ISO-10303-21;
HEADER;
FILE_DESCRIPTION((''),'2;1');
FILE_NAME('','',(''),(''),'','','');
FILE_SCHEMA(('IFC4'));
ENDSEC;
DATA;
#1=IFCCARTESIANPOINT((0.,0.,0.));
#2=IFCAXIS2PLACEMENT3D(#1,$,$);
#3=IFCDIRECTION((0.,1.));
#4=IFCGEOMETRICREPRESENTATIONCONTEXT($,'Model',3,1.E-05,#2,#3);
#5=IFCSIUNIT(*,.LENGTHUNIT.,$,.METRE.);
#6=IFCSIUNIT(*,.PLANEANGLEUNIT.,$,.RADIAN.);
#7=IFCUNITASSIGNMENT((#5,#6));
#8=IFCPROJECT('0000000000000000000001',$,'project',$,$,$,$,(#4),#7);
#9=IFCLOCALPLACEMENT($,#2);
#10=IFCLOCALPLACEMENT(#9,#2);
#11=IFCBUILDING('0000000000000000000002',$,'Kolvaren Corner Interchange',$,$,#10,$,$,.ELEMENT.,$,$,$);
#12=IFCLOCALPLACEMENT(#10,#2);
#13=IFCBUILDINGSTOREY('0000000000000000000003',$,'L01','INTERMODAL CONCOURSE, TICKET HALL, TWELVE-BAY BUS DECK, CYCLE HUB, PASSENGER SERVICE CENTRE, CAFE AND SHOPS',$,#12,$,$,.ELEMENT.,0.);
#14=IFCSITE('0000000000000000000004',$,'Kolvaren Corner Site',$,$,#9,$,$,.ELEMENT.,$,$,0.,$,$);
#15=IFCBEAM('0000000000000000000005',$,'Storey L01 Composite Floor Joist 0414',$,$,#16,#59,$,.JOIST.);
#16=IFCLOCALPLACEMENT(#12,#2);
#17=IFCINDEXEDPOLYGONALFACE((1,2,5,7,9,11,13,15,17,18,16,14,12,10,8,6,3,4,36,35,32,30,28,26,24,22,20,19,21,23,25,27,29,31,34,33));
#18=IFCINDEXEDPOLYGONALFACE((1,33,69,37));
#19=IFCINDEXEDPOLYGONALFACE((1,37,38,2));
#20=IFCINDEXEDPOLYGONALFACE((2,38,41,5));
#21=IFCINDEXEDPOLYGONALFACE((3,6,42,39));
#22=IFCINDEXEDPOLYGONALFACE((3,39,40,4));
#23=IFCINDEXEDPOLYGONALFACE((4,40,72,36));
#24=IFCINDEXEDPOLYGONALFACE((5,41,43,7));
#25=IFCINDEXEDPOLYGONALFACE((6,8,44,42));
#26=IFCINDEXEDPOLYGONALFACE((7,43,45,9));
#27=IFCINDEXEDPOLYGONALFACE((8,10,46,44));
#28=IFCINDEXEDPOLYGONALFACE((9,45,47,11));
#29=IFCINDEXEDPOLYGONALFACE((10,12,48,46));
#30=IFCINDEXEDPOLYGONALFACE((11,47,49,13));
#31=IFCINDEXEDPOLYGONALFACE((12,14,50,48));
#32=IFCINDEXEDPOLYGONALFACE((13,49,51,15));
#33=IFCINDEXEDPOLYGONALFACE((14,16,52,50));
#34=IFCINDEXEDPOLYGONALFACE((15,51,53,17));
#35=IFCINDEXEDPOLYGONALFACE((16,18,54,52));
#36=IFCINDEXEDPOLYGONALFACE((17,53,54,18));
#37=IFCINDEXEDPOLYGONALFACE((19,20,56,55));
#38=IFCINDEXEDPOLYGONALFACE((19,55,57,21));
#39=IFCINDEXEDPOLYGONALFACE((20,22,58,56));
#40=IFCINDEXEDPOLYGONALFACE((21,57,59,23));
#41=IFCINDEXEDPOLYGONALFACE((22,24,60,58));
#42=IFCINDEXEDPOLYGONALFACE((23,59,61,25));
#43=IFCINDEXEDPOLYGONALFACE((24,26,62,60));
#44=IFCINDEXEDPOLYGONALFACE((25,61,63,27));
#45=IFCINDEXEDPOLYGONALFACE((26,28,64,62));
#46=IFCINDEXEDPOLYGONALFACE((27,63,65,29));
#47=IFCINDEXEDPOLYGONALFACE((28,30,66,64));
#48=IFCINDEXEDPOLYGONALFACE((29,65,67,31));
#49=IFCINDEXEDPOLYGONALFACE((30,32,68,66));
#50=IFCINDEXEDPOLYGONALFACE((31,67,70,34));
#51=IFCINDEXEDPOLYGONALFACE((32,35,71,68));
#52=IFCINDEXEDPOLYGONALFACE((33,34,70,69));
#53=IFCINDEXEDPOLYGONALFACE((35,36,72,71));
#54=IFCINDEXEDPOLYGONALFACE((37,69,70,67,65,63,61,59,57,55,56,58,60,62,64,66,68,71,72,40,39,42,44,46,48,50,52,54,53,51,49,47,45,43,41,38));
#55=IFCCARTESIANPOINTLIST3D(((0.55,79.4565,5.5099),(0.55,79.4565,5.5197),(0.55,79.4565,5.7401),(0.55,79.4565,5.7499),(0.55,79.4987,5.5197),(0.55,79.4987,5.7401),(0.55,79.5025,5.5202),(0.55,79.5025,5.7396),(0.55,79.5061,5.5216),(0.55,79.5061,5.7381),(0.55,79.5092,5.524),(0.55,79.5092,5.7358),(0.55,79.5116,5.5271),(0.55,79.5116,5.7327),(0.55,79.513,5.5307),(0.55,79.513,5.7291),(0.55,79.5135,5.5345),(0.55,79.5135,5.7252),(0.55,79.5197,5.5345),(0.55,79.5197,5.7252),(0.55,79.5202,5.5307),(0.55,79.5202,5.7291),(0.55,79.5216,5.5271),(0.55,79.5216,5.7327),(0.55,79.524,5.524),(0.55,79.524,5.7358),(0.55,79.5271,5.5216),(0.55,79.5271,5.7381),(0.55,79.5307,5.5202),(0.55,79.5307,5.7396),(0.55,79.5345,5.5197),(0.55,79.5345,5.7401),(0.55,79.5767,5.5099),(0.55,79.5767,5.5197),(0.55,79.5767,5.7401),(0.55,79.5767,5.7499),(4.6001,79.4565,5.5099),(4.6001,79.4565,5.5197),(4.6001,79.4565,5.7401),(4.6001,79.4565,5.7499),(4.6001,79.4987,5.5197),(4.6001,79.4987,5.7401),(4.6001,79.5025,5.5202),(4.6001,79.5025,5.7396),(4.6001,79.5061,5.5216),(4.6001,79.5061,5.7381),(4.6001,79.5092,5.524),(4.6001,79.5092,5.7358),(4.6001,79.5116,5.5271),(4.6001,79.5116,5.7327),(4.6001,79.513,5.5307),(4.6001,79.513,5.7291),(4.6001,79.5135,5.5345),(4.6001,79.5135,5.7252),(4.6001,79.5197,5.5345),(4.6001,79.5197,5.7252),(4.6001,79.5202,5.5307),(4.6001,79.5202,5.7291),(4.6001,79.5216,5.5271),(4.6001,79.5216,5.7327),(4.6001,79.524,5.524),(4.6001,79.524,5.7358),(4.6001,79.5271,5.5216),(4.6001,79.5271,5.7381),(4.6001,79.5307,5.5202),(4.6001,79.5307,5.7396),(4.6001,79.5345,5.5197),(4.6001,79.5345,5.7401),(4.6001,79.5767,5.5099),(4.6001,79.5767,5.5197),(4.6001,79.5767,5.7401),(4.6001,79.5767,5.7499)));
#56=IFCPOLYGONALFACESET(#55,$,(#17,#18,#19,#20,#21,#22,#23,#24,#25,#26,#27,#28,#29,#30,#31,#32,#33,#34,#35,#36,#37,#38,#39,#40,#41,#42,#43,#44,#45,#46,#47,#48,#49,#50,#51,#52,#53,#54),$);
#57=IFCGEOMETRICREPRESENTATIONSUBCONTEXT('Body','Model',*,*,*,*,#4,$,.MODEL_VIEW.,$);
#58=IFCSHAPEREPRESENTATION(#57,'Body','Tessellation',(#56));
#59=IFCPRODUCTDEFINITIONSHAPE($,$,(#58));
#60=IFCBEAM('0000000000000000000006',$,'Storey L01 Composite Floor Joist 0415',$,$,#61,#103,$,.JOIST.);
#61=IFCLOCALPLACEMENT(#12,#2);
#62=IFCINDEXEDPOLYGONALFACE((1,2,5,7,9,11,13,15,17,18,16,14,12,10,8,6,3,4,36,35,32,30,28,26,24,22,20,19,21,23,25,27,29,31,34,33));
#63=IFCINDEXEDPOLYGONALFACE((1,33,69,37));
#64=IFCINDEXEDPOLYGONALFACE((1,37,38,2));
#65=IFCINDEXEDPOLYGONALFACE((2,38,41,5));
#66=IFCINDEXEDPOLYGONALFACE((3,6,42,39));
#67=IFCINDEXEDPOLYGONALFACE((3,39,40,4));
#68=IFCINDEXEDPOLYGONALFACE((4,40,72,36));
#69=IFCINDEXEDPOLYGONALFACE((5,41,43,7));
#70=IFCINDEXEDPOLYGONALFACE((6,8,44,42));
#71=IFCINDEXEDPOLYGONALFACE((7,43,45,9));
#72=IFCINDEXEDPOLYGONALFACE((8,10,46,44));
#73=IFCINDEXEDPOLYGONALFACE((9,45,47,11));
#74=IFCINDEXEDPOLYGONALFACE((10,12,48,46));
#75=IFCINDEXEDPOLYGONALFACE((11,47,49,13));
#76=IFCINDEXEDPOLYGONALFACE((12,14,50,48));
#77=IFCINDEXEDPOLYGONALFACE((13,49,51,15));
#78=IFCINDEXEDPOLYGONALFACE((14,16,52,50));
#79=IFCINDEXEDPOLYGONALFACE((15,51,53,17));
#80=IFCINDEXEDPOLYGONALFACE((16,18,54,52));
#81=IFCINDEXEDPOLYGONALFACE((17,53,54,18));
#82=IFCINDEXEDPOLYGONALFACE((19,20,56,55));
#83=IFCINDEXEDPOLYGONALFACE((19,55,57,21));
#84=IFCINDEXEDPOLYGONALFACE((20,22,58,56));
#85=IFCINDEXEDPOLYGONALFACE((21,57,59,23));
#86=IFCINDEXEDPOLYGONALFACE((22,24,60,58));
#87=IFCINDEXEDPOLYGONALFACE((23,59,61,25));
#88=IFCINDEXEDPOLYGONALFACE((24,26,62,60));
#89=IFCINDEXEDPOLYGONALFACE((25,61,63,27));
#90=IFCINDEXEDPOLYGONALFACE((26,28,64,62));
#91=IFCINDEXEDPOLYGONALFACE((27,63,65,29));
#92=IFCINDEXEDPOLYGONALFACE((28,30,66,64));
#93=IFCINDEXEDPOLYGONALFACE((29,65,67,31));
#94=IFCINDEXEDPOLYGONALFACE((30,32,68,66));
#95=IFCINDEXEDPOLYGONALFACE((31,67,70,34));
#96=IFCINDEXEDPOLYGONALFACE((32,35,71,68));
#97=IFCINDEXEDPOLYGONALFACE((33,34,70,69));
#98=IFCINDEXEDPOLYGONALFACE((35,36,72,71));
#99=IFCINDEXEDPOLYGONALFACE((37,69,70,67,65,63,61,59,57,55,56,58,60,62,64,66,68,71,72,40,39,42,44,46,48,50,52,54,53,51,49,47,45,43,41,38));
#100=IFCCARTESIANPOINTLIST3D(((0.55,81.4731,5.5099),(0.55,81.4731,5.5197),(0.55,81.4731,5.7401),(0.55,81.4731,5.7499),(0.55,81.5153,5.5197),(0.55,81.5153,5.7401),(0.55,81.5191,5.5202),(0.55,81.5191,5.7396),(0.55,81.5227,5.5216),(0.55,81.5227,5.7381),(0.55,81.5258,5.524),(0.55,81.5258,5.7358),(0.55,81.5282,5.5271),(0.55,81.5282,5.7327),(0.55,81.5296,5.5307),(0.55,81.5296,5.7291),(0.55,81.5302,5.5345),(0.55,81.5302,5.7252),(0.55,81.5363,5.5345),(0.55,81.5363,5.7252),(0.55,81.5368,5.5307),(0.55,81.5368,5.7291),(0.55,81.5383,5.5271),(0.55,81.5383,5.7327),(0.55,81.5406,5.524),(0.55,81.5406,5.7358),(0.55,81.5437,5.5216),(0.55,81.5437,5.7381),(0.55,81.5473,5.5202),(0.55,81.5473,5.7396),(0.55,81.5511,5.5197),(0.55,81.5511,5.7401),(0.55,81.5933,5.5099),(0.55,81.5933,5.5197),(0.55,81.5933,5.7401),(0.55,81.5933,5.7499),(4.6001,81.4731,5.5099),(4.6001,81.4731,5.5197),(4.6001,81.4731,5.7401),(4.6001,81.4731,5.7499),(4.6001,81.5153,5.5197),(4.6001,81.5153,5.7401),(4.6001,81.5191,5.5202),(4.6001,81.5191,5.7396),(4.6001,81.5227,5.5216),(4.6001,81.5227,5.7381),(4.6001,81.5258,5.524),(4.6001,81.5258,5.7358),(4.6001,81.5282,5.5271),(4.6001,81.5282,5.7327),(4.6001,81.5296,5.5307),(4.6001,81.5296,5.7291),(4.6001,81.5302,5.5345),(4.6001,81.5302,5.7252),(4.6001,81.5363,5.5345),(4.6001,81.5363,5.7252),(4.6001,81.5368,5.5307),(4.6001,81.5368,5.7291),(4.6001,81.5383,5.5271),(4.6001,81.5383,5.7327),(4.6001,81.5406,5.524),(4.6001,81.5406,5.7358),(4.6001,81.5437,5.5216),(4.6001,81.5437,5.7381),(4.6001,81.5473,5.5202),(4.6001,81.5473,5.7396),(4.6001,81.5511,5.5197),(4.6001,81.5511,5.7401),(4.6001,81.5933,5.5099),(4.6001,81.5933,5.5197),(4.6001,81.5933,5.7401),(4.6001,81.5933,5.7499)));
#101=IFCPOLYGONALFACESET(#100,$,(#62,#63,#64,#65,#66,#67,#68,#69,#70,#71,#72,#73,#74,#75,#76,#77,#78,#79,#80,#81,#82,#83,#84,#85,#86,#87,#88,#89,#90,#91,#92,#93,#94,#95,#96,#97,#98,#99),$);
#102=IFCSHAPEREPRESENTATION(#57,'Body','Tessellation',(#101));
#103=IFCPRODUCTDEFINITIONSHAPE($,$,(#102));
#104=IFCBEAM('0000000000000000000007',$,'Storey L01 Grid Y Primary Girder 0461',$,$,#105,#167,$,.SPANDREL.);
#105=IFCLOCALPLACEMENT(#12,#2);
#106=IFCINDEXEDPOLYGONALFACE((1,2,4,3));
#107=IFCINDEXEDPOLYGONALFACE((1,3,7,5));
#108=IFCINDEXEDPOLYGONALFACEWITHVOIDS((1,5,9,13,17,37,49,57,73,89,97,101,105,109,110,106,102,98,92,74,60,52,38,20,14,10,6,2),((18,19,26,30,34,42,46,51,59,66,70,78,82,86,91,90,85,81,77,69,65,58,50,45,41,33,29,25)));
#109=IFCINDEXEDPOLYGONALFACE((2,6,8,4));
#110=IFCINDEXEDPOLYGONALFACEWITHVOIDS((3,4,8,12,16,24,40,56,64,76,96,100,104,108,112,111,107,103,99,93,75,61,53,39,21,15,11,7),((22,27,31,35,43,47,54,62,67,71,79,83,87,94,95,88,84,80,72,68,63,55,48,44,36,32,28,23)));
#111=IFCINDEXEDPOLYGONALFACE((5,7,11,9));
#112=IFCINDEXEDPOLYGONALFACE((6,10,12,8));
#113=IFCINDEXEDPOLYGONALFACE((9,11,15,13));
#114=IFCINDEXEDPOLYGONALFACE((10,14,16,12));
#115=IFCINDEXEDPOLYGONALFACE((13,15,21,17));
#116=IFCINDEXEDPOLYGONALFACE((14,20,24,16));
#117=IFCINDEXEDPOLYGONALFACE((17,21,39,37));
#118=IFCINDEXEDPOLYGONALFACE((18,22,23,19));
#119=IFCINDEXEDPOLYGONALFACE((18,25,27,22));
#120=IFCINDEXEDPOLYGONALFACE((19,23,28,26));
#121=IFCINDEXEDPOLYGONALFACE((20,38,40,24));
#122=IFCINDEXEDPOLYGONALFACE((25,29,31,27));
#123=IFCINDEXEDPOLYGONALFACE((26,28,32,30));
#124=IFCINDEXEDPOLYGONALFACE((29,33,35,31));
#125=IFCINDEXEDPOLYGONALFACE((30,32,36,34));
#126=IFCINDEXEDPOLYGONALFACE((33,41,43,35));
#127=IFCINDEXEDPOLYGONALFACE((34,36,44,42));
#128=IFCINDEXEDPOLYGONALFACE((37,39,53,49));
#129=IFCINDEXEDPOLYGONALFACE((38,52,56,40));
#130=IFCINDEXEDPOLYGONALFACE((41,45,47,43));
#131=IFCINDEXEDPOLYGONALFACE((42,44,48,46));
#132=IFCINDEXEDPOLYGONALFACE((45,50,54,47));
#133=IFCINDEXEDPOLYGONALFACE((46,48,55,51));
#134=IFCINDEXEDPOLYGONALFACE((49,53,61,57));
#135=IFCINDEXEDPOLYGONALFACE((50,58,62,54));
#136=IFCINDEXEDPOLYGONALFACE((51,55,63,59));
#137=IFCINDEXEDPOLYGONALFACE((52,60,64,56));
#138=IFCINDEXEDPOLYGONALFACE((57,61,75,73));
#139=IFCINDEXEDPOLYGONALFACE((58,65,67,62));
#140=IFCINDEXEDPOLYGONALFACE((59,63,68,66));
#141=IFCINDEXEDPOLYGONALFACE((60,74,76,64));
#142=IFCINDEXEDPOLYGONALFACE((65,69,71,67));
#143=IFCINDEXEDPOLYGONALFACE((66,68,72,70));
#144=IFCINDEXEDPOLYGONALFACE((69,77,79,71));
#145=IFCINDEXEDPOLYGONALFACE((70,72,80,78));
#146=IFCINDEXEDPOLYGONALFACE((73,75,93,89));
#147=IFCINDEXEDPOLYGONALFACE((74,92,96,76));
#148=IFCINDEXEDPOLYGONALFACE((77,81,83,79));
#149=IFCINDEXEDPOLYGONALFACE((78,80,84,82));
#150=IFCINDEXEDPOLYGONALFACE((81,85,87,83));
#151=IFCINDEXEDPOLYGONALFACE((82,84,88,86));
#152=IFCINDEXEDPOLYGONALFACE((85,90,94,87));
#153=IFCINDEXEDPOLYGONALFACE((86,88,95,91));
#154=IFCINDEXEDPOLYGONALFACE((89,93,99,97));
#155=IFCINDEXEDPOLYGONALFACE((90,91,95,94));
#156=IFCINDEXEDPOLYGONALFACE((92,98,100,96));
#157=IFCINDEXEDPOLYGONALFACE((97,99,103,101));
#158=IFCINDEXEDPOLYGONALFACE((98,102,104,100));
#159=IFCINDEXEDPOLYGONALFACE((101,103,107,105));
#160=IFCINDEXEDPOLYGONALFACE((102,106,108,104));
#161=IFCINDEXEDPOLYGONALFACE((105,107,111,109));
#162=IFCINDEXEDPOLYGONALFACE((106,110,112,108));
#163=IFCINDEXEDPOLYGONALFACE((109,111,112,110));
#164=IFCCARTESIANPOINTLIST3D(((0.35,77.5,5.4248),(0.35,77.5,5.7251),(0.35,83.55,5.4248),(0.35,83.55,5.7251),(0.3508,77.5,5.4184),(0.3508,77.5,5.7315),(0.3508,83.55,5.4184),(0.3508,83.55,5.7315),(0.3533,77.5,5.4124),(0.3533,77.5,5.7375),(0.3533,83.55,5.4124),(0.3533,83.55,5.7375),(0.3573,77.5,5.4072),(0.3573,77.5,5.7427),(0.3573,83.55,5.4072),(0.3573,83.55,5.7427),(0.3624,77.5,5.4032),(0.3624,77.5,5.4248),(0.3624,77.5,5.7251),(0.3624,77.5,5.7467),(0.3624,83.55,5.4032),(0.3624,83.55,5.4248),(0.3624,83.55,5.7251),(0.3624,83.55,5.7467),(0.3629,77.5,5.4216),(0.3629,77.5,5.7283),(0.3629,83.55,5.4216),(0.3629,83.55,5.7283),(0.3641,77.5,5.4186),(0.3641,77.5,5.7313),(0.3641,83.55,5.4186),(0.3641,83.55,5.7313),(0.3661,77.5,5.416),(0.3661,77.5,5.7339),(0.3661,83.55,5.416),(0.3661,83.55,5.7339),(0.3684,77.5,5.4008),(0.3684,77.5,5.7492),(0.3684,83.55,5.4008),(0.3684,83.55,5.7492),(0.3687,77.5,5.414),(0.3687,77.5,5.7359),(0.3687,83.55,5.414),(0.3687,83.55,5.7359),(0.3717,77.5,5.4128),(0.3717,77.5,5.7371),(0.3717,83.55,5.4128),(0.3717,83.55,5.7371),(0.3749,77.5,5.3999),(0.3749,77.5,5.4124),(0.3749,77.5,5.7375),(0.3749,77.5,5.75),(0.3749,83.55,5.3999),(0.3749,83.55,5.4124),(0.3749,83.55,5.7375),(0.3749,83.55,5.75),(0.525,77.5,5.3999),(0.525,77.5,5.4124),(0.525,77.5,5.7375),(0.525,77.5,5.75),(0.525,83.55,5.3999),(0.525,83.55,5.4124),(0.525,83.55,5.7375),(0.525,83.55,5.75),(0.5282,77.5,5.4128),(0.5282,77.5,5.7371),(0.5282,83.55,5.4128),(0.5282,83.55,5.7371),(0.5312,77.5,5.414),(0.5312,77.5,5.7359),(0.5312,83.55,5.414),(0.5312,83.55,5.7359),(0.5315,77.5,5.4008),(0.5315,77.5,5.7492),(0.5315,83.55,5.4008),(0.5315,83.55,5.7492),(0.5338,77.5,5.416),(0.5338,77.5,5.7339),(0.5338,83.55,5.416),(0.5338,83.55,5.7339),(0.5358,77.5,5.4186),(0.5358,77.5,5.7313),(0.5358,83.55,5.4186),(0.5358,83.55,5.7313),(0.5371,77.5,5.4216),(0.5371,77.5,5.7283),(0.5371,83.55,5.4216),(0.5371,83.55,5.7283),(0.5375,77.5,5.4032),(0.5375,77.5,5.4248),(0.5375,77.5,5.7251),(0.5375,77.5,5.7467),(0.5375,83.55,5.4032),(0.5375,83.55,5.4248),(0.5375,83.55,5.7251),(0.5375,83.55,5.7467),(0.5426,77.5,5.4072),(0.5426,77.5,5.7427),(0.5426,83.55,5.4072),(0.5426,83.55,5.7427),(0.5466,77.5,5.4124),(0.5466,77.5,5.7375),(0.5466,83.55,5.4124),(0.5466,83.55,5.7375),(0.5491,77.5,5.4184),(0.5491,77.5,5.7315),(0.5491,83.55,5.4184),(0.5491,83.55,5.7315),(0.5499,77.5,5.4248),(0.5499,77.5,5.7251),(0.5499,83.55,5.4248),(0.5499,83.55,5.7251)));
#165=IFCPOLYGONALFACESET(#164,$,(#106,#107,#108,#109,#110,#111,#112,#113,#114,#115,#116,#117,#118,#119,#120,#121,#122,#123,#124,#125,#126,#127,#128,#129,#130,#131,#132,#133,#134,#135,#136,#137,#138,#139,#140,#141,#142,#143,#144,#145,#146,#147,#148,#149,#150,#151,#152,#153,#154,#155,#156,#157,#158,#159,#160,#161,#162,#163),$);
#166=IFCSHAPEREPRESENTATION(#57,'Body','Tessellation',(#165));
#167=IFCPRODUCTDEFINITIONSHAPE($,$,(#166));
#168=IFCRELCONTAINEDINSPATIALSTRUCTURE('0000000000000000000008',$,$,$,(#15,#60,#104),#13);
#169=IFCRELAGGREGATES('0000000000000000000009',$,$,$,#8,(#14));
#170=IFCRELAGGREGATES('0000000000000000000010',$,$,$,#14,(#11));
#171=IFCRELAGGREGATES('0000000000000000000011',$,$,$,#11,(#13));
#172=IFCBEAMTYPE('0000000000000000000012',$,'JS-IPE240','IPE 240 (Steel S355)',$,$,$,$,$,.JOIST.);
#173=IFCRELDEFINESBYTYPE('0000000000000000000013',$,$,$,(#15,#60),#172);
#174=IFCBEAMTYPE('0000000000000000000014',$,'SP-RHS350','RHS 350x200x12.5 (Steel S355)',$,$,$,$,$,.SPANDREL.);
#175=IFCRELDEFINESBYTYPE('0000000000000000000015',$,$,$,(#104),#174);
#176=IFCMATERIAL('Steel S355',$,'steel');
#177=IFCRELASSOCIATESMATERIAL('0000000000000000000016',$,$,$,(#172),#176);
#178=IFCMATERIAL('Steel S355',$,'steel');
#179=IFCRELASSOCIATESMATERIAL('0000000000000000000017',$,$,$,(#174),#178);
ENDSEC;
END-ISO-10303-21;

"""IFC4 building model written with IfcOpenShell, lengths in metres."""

from ifc_helpers import new_model, si_unit, direction, frame, origin, origin_2d, place, context, subcontext, project, spatial, hollow_rectangle, i_section, extrude, material, material_profile, profile_set, type_object, element, save


model = new_model("IFC4")

# Units and contexts
model_context = context("Model", 3, precision=1e-05, world=origin(), true_north=direction((0.0, 1.0)))
body_context = subcontext(model_context, "Body", "Model", "MODEL_VIEW")
ifc_project = project(units=[si_unit("LENGTHUNIT", "METRE"), si_unit("PLANEANGLEUNIT", "RADIAN")], contexts=[model_context])

# Site, building, storey
site_placement = place(None, origin())
site = spatial("IfcSite", under=ifc_project, at=site_placement, Name="Kolvaren Corner Site", CompositionType="ELEMENT", RefElevation=0.0)
building_placement = place(site_placement, origin())
building = spatial("IfcBuilding", under=site, at=building_placement, Name="Kolvaren Corner Interchange", CompositionType="ELEMENT")
storey_placement = place(building_placement, origin())
storey = spatial("IfcBuildingStorey", under=building, at=storey_placement, Name="L01", Description="INTERMODAL CONCOURSE, TICKET HALL, TWELVE-BAY BUS DECK, CYCLE HUB, PASSENGER SERVICE CENTRE, CAFE AND SHOPS", CompositionType="ELEMENT", Elevation=0.0)

# Beams
ifc_material_1 = material(Name="Steel S355", Category="steel")
ifc_material_profile_1 = material_profile(ifc_material_1, i_section(OverallWidth=0.1201, OverallDepth=0.24, WebThickness=0.0061, FlangeThickness=0.0098, FilletRadius=0.0149, at=origin_2d()), Name="IPE 240")
ifc_profile_set_1 = profile_set([ifc_material_profile_1], Name="Steel S355")
beam_type_1 = type_object("IfcBeamType", Name="JS-IPE240", Description="IPE 240 (Steel S355)", PredefinedType="JOIST", material=ifc_profile_set_1)
for number, where, z_axis, x_axis, name in (
    (1, (0.55, 79.5166, 5.6299), (1.0, 0.0, 0.0), (0.0, 1.0, 0.0), "Storey L01 Composite Floor Joist 0414"),
    (2, (0.55, 81.5332, 5.6299), (1.0, 0.0, 0.0), (0.0, 1.0, 0.0), "Storey L01 Composite Floor Joist 0415"),
):
    element("IfcBeam", number, at=place(storey_placement, frame(where, z_axis=z_axis, x_axis=x_axis)), inside=storey, type_object=beam_type_1, Name=name, PredefinedType="JOIST", context=body_context, shape_type="SweptSolid", body=[
        extrude(i_section(OverallWidth=0.1201, OverallDepth=0.24, WebThickness=0.0061, FlangeThickness=0.0098, FilletRadius=0.0149, at=origin_2d()), origin(), (0.0, 0.0, 1.0), 4.05),
    ])
ifc_material_2 = material(Name="Steel S355", Category="steel")
ifc_material_profile_2 = material_profile(ifc_material_2, hollow_rectangle(XDim=0.2, YDim=0.3501, WallThickness=0.0125, InnerFilletRadius=0.0125, OuterFilletRadius=0.0249, at=origin_2d()), Name="RHS 350x200x12.5")
ifc_profile_set_2 = profile_set([ifc_material_profile_2], Name="Steel S355")
beam_type_2 = type_object("IfcBeamType", Name="SP-RHS350", Description="RHS 350x200x12.5 (Steel S355)", PredefinedType="SPANDREL", material=ifc_profile_set_2)
beam_1_placement = place(storey_placement, frame((0.45, 77.5, 5.575), z_axis=(0.0, 1.0, 0.0), x_axis=(-1.0, 0.0, 0.0)))
element("IfcBeam", 3, at=beam_1_placement, inside=storey, type_object=beam_type_2, Name="Storey L01 Grid Y Primary Girder 0461", PredefinedType="SPANDREL", context=body_context, shape_type="SweptSolid", body=[
    extrude(hollow_rectangle(XDim=0.2, YDim=0.3501, WallThickness=0.0125, InnerFilletRadius=0.0125, OuterFilletRadius=0.0249, at=origin_2d()), origin(), (0.0, 0.0, 1.0), 6.05),
])

save(model, "model.ifc")
